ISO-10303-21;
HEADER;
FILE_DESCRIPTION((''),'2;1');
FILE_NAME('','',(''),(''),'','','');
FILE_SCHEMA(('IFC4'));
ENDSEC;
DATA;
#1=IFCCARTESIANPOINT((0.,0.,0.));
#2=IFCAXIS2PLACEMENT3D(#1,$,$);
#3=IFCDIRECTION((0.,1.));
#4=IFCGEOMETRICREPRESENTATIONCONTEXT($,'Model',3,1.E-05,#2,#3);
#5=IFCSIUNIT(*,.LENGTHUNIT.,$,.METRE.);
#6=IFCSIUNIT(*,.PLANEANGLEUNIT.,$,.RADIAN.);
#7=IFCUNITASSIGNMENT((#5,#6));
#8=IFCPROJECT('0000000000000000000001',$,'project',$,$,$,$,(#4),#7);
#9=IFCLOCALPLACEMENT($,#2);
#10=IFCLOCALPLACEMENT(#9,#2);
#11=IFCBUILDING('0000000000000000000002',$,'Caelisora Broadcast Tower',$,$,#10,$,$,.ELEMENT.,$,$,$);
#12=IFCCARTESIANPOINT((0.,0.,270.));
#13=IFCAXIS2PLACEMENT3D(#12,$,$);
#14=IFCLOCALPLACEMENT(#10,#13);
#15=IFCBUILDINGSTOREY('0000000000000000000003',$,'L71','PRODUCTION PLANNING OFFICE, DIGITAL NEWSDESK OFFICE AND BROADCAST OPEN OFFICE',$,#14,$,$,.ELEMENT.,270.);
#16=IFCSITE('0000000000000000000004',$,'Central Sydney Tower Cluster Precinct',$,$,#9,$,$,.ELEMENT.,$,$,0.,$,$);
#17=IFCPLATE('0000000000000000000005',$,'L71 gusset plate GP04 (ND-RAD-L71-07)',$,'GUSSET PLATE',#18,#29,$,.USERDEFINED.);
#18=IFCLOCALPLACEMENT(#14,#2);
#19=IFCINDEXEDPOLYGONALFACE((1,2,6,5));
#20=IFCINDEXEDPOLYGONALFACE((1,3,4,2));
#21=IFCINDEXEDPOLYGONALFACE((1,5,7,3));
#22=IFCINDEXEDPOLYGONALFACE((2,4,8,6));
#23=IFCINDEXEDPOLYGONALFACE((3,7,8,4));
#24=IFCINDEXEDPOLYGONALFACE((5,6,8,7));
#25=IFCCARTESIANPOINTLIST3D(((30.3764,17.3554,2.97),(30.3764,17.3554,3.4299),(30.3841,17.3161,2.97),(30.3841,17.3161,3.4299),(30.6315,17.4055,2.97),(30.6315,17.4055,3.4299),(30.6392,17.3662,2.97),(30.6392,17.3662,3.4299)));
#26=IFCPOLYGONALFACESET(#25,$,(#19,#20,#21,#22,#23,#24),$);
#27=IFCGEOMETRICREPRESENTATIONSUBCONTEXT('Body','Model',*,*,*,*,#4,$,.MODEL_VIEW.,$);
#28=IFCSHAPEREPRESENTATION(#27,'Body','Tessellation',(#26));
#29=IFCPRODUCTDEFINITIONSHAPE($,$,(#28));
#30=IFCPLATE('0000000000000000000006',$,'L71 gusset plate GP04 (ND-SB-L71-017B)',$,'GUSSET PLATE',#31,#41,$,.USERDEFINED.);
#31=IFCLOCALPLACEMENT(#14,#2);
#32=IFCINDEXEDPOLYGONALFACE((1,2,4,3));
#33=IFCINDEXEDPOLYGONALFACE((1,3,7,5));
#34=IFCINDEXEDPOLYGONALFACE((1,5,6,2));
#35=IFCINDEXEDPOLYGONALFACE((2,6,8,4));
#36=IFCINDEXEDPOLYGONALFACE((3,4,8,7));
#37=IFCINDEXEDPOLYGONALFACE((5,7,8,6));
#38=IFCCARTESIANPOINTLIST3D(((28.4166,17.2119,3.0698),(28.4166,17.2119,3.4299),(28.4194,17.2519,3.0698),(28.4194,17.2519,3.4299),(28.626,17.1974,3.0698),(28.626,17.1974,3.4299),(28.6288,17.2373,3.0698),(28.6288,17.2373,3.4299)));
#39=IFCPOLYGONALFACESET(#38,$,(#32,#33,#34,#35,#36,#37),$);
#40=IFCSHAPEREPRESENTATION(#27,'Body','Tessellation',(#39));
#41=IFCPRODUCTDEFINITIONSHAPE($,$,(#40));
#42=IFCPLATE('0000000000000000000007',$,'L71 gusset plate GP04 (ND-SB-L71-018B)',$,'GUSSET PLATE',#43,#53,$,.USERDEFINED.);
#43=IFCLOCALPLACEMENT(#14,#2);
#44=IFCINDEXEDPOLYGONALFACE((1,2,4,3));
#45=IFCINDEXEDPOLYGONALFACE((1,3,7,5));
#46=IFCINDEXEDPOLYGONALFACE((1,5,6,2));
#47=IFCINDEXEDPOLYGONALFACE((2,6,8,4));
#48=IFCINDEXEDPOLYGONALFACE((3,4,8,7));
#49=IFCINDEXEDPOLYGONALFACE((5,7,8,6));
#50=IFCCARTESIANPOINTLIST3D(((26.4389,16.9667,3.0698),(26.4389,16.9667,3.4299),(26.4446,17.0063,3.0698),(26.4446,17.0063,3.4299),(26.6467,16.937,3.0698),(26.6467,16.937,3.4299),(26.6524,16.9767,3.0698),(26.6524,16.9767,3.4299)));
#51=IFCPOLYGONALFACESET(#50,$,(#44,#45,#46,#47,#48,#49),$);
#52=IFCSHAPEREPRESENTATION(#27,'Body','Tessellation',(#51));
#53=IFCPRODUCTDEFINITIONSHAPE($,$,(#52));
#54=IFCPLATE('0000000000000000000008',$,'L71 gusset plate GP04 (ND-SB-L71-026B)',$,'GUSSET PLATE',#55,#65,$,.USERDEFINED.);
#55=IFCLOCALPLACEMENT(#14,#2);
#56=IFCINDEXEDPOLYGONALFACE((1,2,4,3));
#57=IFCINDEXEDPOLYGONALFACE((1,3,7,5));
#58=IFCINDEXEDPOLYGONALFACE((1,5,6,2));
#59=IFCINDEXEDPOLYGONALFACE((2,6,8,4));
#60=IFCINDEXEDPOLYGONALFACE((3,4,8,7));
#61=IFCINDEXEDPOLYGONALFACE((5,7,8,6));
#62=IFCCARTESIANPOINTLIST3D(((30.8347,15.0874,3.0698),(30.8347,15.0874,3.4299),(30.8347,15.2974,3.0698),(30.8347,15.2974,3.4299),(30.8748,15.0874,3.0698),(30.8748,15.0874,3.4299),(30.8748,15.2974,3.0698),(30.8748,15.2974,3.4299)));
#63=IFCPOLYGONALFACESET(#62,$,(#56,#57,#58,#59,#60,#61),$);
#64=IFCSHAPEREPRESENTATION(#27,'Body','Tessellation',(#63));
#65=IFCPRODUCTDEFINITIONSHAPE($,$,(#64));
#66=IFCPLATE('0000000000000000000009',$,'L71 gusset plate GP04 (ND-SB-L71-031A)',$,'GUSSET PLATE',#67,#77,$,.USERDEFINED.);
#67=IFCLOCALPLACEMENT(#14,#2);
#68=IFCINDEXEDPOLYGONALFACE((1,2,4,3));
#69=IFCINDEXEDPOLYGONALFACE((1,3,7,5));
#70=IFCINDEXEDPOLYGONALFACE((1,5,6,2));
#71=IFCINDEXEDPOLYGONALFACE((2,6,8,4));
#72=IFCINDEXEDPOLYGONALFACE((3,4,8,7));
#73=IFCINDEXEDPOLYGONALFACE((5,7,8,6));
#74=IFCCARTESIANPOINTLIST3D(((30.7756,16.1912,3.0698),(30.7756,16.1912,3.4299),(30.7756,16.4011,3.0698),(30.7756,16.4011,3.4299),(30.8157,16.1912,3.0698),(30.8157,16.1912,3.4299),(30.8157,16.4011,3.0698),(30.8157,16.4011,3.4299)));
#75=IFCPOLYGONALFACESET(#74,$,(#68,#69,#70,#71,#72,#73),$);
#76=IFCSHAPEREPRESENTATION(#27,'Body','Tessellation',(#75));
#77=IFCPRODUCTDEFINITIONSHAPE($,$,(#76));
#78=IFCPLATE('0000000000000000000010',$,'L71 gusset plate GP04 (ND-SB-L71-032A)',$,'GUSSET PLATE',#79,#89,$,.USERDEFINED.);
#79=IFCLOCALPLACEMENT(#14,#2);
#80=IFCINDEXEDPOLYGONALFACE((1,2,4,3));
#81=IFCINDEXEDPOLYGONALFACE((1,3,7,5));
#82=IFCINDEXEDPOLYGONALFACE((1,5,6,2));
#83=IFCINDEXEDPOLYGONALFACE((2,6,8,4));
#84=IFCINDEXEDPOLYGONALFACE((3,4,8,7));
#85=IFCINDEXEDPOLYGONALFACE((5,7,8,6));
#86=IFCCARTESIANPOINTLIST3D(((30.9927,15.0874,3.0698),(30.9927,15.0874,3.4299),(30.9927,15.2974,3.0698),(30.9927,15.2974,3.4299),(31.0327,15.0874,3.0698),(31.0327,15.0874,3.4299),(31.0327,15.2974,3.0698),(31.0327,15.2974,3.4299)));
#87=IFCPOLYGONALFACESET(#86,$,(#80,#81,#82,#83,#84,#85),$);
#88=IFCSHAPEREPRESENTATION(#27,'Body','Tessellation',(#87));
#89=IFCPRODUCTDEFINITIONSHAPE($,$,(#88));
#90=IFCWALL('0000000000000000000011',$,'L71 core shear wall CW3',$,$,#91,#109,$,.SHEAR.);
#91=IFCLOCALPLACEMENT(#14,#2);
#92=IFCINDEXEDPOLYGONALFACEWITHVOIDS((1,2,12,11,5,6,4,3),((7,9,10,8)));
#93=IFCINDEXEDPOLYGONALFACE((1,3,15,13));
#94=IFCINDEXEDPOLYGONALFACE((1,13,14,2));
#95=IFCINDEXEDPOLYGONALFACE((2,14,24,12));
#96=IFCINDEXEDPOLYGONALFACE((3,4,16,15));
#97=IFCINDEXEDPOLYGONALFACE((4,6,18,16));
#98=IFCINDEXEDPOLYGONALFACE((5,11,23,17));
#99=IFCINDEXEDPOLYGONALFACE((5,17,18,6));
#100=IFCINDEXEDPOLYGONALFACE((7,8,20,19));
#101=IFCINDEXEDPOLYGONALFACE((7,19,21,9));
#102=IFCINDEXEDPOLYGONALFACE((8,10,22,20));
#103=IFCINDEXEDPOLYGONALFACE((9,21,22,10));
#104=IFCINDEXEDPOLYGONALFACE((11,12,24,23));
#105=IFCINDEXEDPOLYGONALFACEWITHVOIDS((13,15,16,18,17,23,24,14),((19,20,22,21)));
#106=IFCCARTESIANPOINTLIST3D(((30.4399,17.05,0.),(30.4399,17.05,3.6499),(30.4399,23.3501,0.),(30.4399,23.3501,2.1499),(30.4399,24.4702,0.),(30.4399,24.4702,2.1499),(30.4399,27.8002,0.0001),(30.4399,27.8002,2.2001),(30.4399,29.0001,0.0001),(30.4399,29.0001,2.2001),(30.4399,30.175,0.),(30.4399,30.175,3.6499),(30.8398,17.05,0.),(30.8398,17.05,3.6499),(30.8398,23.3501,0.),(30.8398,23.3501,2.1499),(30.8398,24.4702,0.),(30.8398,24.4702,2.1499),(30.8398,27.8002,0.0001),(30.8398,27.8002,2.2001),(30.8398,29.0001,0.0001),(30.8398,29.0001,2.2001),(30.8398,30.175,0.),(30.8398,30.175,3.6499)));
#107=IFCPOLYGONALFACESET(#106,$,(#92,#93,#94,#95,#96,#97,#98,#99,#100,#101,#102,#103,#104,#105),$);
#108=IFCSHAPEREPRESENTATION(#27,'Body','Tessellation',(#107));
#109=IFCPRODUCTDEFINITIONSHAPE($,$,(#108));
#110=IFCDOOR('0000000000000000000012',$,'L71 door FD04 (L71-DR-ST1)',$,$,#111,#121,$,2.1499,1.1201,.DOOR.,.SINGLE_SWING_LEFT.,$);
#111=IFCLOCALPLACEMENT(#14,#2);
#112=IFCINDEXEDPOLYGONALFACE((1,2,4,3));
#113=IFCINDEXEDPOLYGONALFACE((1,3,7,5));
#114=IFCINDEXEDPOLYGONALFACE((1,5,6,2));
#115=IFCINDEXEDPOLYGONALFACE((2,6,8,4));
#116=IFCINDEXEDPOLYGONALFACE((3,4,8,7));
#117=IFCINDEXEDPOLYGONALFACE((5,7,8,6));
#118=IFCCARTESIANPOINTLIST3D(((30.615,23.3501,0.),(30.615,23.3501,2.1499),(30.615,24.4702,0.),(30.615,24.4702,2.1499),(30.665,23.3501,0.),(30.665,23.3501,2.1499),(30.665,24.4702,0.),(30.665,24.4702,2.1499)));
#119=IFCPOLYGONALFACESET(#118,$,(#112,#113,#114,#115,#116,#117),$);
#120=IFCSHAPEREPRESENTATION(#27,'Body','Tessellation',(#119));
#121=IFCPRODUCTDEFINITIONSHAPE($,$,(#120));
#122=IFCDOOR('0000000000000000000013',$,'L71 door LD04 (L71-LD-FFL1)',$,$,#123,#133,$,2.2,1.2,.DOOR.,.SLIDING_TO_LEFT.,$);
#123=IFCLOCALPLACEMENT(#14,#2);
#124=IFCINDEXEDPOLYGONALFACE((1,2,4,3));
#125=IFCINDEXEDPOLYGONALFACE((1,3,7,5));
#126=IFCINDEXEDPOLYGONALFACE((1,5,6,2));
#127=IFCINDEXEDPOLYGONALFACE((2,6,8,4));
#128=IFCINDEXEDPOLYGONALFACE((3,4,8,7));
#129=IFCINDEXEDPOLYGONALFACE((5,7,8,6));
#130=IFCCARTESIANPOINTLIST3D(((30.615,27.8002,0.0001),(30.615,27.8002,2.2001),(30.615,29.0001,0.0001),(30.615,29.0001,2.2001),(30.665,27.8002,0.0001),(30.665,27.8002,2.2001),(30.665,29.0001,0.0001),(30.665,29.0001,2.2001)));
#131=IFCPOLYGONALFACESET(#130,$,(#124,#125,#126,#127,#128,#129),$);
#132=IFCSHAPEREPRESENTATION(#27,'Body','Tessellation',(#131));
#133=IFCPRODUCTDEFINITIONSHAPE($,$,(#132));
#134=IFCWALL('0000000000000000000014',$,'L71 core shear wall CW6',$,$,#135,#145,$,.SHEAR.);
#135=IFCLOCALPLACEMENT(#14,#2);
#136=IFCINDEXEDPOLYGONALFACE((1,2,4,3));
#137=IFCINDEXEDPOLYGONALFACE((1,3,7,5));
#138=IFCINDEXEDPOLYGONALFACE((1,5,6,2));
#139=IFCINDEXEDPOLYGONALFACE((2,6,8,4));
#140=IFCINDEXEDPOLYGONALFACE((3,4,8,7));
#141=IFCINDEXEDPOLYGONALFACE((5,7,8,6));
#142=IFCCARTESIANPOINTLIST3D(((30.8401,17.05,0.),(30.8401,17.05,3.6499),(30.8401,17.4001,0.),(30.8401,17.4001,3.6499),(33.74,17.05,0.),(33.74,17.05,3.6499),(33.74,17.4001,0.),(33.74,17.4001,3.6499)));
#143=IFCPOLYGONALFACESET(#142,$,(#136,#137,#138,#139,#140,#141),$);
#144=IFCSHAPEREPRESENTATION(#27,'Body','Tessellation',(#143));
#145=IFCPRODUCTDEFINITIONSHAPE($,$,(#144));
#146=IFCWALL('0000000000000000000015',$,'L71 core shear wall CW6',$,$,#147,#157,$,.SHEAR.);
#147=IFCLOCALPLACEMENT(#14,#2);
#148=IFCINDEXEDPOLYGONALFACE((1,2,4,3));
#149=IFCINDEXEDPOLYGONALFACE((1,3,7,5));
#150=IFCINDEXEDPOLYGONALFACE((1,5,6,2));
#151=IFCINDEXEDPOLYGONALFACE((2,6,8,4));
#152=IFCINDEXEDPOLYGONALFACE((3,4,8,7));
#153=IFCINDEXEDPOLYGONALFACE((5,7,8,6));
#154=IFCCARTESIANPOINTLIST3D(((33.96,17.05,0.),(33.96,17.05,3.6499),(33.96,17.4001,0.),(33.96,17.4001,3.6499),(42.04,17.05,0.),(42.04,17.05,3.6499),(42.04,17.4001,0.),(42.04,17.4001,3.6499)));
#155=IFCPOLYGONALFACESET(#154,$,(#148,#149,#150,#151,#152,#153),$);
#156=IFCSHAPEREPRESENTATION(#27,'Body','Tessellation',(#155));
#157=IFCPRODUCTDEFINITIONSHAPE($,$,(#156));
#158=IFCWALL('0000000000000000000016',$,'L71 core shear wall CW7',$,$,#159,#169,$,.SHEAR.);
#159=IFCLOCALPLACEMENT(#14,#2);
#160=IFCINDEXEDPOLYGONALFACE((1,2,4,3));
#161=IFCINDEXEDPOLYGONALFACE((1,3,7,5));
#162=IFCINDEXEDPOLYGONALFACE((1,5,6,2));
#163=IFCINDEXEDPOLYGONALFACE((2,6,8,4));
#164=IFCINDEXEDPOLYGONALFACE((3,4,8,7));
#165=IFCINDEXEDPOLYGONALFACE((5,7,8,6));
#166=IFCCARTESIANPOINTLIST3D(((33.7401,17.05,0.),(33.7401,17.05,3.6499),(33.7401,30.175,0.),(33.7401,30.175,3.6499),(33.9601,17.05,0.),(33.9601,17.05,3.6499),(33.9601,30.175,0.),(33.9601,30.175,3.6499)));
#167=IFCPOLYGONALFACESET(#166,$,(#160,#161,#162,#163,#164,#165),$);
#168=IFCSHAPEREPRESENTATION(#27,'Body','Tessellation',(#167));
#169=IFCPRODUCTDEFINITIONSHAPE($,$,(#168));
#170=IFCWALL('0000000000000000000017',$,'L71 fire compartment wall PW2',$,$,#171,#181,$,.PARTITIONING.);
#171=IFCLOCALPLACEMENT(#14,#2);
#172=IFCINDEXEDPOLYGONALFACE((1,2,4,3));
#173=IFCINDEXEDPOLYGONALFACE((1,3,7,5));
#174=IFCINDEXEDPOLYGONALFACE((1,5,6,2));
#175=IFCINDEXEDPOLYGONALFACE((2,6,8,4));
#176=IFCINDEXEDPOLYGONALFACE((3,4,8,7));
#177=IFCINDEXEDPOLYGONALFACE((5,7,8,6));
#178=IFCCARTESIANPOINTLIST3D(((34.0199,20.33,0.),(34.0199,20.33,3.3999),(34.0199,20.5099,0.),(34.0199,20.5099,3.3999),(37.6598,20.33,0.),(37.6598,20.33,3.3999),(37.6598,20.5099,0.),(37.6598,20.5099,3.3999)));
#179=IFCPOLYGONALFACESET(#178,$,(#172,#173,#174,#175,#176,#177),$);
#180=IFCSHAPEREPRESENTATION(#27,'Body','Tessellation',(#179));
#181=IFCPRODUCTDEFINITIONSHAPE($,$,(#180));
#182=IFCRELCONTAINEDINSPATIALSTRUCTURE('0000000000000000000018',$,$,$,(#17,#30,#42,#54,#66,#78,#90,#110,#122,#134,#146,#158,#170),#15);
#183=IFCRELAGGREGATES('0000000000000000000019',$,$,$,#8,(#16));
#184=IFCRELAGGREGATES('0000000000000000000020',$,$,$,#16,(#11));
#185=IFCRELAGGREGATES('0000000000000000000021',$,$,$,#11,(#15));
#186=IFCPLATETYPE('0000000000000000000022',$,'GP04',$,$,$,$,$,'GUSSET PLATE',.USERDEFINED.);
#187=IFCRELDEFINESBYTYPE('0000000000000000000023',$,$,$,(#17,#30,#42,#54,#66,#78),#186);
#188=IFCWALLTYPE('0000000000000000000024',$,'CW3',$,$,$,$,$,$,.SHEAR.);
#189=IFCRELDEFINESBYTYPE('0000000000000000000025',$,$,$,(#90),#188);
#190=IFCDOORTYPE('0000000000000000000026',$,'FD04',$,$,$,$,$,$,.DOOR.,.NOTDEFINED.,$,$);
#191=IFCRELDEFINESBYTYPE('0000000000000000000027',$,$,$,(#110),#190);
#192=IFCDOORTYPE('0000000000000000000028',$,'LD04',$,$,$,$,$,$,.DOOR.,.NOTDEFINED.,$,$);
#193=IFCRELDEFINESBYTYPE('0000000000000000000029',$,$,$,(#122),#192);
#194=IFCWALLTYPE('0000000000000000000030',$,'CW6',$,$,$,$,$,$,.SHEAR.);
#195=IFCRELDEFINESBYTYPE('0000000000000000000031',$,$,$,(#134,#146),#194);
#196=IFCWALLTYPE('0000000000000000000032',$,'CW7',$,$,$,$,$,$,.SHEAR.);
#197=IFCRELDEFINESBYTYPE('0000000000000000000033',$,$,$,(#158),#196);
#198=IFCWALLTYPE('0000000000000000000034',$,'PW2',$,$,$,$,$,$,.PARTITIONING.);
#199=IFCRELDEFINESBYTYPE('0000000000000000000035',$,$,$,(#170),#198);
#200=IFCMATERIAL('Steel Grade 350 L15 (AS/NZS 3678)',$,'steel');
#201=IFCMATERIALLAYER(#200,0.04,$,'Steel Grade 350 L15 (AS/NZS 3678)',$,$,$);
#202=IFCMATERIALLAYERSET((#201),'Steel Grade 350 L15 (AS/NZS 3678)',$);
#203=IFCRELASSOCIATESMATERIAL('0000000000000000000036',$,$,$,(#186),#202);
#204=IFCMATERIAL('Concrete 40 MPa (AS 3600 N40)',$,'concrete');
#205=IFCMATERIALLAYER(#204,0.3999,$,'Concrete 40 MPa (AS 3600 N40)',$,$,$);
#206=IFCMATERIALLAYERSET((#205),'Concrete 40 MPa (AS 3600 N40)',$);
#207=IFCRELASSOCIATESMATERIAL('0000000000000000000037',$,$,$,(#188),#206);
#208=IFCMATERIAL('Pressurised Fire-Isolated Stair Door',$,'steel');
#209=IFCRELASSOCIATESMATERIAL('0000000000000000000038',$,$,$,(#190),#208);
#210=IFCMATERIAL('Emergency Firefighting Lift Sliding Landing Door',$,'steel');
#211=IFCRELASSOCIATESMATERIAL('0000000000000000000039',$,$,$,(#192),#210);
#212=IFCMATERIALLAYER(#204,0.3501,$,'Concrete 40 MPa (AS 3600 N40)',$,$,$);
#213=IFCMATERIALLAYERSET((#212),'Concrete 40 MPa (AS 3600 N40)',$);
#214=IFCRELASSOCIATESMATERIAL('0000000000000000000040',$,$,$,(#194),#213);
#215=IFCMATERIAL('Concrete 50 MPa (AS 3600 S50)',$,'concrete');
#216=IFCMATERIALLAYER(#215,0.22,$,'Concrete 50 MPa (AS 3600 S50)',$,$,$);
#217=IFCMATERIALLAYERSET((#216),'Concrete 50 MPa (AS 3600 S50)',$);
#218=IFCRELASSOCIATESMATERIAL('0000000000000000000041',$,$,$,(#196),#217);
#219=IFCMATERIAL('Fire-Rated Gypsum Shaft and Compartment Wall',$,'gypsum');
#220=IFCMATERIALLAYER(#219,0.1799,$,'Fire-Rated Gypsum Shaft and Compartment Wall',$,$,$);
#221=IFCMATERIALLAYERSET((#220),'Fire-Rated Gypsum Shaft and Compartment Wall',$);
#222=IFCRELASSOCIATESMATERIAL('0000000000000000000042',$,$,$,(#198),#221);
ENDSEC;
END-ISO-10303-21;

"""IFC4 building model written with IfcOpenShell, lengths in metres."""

from ifc_helpers import new_model, si_unit, direction, frame, frame_2d, origin, origin_2d, place, context, subcontext, project, spatial, rectangle, extrude, source, transform, mapped, material, layer, layer_set, type_object, type_shapes, element, fill, save


model = new_model("IFC4")

# Units and contexts
model_context = context("Model", 3, precision=1e-05, world=origin(), true_north=direction((0.0, 1.0)))
body_context = subcontext(model_context, "Body", "Model", "MODEL_VIEW")
ifc_project = project(units=[si_unit("LENGTHUNIT", "METRE"), si_unit("PLANEANGLEUNIT", "RADIAN")], contexts=[model_context])

# Site, building, storey
site_placement = place(None, origin())
site = spatial("IfcSite", under=ifc_project, at=site_placement, Name="Central Sydney Tower Cluster Precinct", CompositionType="ELEMENT", RefElevation=0.0)
building_placement = place(site_placement, origin())
building = spatial("IfcBuilding", under=site, at=building_placement, Name="Caelisora Broadcast Tower", CompositionType="ELEMENT")
storey_placement = place(building_placement, frame((0.0, 0.0, 270.0)))
storey = spatial("IfcBuildingStorey", under=building, at=storey_placement, Name="L71", Description="PRODUCTION PLANNING OFFICE, DIGITAL NEWSDESK OFFICE AND BROADCAST OPEN OFFICE", CompositionType="ELEMENT", Elevation=270.0)

# Plates
ifc_material_1 = material(Name="Steel Grade 350 L15 (AS/NZS 3678)", Category="steel")
ifc_layer_1 = layer(ifc_material_1, 0.04, Name="Steel Grade 350 L15 (AS/NZS 3678)")
ifc_layer_set_1 = layer_set([ifc_layer_1], Name="Steel Grade 350 L15 (AS/NZS 3678)")
plate_type = type_object("IfcPlateType", Name="GP04", ElementType="GUSSET PLATE", PredefinedType="USERDEFINED", material=ifc_layer_set_1)
shared_shape_1 = source(origin(), body_context, "Body", "SweptSolid", [
    extrude(rectangle(XDim=0.26, YDim=0.04, at=origin_2d()), origin(), (0.0, 0.0, 1.0), 0.46),
])
for number, where, z_axis, x_axis, name in (
    (1, (30.5078, 17.3608, 2.97), (0.0, 0.0, 1.0), (0.981259, 0.192693, 0.0), "L71 gusset plate GP04 (ND-RAD-L71-07)"),
):
    element("IfcPlate", number, at=place(storey_placement, frame(where, z_axis=z_axis, x_axis=x_axis)), inside=storey, type_object=plate_type, Name=name, ObjectType="GUSSET PLATE", PredefinedType="USERDEFINED", context=body_context, shape_type="MappedRepresentation", body=[
        mapped(shared_shape_1, transform((0.0, 0.0, 0.0), scale=1.0)),
    ])
shared_shape_2 = source(origin(), body_context, "Body", "SweptSolid", [
    extrude(rectangle(XDim=0.21, YDim=0.04, at=origin_2d()), origin(), (0.0, 0.0, 1.0), 0.3601),
])
type_shapes(plate_type, [shared_shape_1, shared_shape_2])
for number, where, z_axis, x_axis, name in (
    (2, (28.5227, 17.2246, 3.0698), (0.0, 0.0, 1.0), (0.997588, -0.069408, 0.0), "L71 gusset plate GP04 (ND-SB-L71-017B)"),
    (3, (26.5457, 16.9717, 3.0698), (0.0, 0.0, 1.0), (0.98995, -0.14142, 0.0), "L71 gusset plate GP04 (ND-SB-L71-018B)"),
    (4, (30.8547, 15.1924, 3.0698), (0.0, 0.0, 1.0), (0.0, 1.0, 0.0), "L71 gusset plate GP04 (ND-SB-L71-026B)"),
    (5, (30.7957, 16.2961, 3.0698), (0.0, 0.0, 1.0), (0.0, 1.0, 0.0), "L71 gusset plate GP04 (ND-SB-L71-031A)"),
    (6, (31.0127, 15.1924, 3.0698), (0.0, 0.0, 1.0), (0.0, 1.0, 0.0), "L71 gusset plate GP04 (ND-SB-L71-032A)"),
):
    element("IfcPlate", number, at=place(storey_placement, frame(where, z_axis=z_axis, x_axis=x_axis)), inside=storey, type_object=plate_type, Name=name, ObjectType="GUSSET PLATE", PredefinedType="USERDEFINED", context=body_context, shape_type="MappedRepresentation", body=[
        mapped(shared_shape_2, transform((0.0, 0.0, 0.0), scale=1.0)),
    ])

# Wall, openings, doors
ifc_material_2 = material(Name="Concrete 40 MPa (AS 3600 N40)", Category="concrete")
ifc_layer_2 = layer(ifc_material_2, 0.3999, Name="Concrete 40 MPa (AS 3600 N40)")
ifc_layer_set_2 = layer_set([ifc_layer_2], Name="Concrete 40 MPa (AS 3600 N40)")
wall_type_1 = type_object("IfcWallType", Name="CW3", PredefinedType="SHEAR", material=ifc_layer_set_2)
wall_1_placement = place(storey_placement, frame((30.6399, 17.05, 0.0), z_axis=(0.0, 0.0, 1.0), x_axis=(0.0, 1.0, 0.0)))
wall_1 = element("IfcWall", 7, at=wall_1_placement, inside=storey, type_object=wall_type_1, Name="L71 core shear wall CW3", PredefinedType="SHEAR", context=body_context, shape_type="SweptSolid", body=[
    extrude(rectangle(XDim=13.125, YDim=0.3999, at=frame_2d((6.5625, 0.0))), origin(), (0.0, 0.0, 1.0), 3.6499),
])
opening_1_placement = place(wall_1_placement, frame((6.3, 0.0, 0.0)))
opening_1 = element("IfcOpeningElement", 8, at=opening_1_placement, cuts=wall_1, PredefinedType="OPENING", context=body_context, shape_type="SweptSolid", body=[
    extrude(rectangle(XDim=1.1201, YDim=2.1499, at=frame_2d((0.5601, 1.075))), frame((0.0, 0.2119, 0.0), z_axis=(0.0, -1.0, 0.0), x_axis=(1.0, 0.0, 0.0)), (0.0, 0.0, 1.0), 0.4238),
])
opening_2_placement = place(wall_1_placement, frame((10.75, 0.0, 0.0)))
opening_2 = element("IfcOpeningElement", 9, at=opening_2_placement, cuts=wall_1, PredefinedType="OPENING", context=body_context, shape_type="SweptSolid", body=[
    extrude(rectangle(XDim=1.2, YDim=2.2, at=frame_2d((0.6001, 1.1001))), frame((0.0, 0.2119, 0.0), z_axis=(0.0, -1.0, 0.0), x_axis=(1.0, 0.0, 0.0)), (0.0, 0.0, 1.0), 0.4238),
])
ifc_material_3 = material(Name="Pressurised Fire-Isolated Stair Door", Category="steel")
door_type_1 = type_object("IfcDoorType", Name="FD04", OperationType="NOTDEFINED", PredefinedType="DOOR", material=ifc_material_3)
door_1_placement = place(opening_1_placement, origin())
door_1 = element("IfcDoor", 10, at=door_1_placement, inside=storey, type_object=door_type_1, Name="L71 door FD04 (L71-DR-ST1)", OperationType="SINGLE_SWING_LEFT", OverallHeight=2.1499, OverallWidth=1.1201, PredefinedType="DOOR", context=body_context, shape_type="SweptSolid", body=[
    extrude(rectangle(XDim=1.1201, YDim=2.1499, at=frame_2d((0.5601, 1.075))), frame((0.0, 0.0249, 0.0), z_axis=(0.0, -1.0, 0.0), x_axis=(1.0, 0.0, 0.0)), (0.0, 0.0, 1.0), 0.05),
])
fill(opening_1, door_1)
ifc_material_4 = material(Name="Emergency Firefighting Lift Sliding Landing Door", Category="steel")
door_type_2 = type_object("IfcDoorType", Name="LD04", OperationType="NOTDEFINED", PredefinedType="DOOR", material=ifc_material_4)
door_2_placement = place(opening_2_placement, origin())
door_2 = element("IfcDoor", 11, at=door_2_placement, inside=storey, type_object=door_type_2, Name="L71 door LD04 (L71-LD-FFL1)", OperationType="SLIDING_TO_LEFT", OverallHeight=2.2, OverallWidth=1.2, PredefinedType="DOOR", context=body_context, shape_type="SweptSolid", body=[
    extrude(rectangle(XDim=1.2, YDim=2.2, at=frame_2d((0.6001, 1.1001))), frame((0.0, 0.0249, 0.0), z_axis=(0.0, -1.0, 0.0), x_axis=(1.0, 0.0, 0.0)), (0.0, 0.0, 1.0), 0.05),
])
fill(opening_2, door_2)

# Walls
ifc_layer_3 = layer(ifc_material_2, 0.3501, Name="Concrete 40 MPa (AS 3600 N40)")
ifc_layer_set_3 = layer_set([ifc_layer_3], Name="Concrete 40 MPa (AS 3600 N40)")
wall_type_2 = type_object("IfcWallType", Name="CW6", PredefinedType="SHEAR", material=ifc_layer_set_3)
wall_2_placement = place(storey_placement, frame((30.8401, 17.2251, 0.0), z_axis=(0.0, 0.0, 1.0), x_axis=(1.0, 0.0, 0.0)))
element("IfcWall", 12, at=wall_2_placement, inside=storey, type_object=wall_type_2, Name="L71 core shear wall CW6", PredefinedType="SHEAR", context=body_context, shape_type="SweptSolid", body=[
    extrude(rectangle(XDim=2.8999, YDim=0.3501, at=frame_2d((1.45, 0.0))), origin(), (0.0, 0.0, 1.0), 3.6499),
])
wall_3_placement = place(storey_placement, frame((33.96, 17.2251, 0.0), z_axis=(0.0, 0.0, 1.0), x_axis=(1.0, 0.0, 0.0)))
element("IfcWall", 13, at=wall_3_placement, inside=storey, type_object=wall_type_2, Name="L71 core shear wall CW6", PredefinedType="SHEAR", context=body_context, shape_type="SweptSolid", body=[
    extrude(rectangle(XDim=8.0801, YDim=0.3501, at=frame_2d((4.04, 0.0))), origin(), (0.0, 0.0, 1.0), 3.6499),
])
ifc_material_5 = material(Name="Concrete 50 MPa (AS 3600 S50)", Category="concrete")
ifc_layer_4 = layer(ifc_material_5, 0.22, Name="Concrete 50 MPa (AS 3600 S50)")
ifc_layer_set_4 = layer_set([ifc_layer_4], Name="Concrete 50 MPa (AS 3600 S50)")
wall_type_3 = type_object("IfcWallType", Name="CW7", PredefinedType="SHEAR", material=ifc_layer_set_4)
wall_4_placement = place(storey_placement, frame((33.8501, 17.05, 0.0), z_axis=(0.0, 0.0, 1.0), x_axis=(0.0, 1.0, 0.0)))
element("IfcWall", 14, at=wall_4_placement, inside=storey, type_object=wall_type_3, Name="L71 core shear wall CW7", PredefinedType="SHEAR", context=body_context, shape_type="SweptSolid", body=[
    extrude(rectangle(XDim=13.125, YDim=0.22, at=frame_2d((6.5625, 0.0))), origin(), (0.0, 0.0, 1.0), 3.6499),
])
ifc_material_6 = material(Name="Fire-Rated Gypsum Shaft and Compartment Wall", Category="gypsum")
ifc_layer_5 = layer(ifc_material_6, 0.1799, Name="Fire-Rated Gypsum Shaft and Compartment Wall")
ifc_layer_set_5 = layer_set([ifc_layer_5], Name="Fire-Rated Gypsum Shaft and Compartment Wall")
wall_type_4 = type_object("IfcWallType", Name="PW2", PredefinedType="PARTITIONING", material=ifc_layer_set_5)
wall_5_placement = place(storey_placement, frame((34.02, 20.4199, 0.0), z_axis=(0.0, 0.0, 1.0), x_axis=(1.0, 0.0, 0.0)))
element("IfcWall", 15, at=wall_5_placement, inside=storey, type_object=wall_type_4, Name="L71 fire compartment wall PW2", PredefinedType="PARTITIONING", context=body_context, shape_type="SweptSolid", body=[
    extrude(rectangle(XDim=3.6399, YDim=0.1799, at=frame_2d((1.8198, 0.0))), origin(), (0.0, 0.0, 1.0), 3.3999),
])

save(model, "model.ifc")
